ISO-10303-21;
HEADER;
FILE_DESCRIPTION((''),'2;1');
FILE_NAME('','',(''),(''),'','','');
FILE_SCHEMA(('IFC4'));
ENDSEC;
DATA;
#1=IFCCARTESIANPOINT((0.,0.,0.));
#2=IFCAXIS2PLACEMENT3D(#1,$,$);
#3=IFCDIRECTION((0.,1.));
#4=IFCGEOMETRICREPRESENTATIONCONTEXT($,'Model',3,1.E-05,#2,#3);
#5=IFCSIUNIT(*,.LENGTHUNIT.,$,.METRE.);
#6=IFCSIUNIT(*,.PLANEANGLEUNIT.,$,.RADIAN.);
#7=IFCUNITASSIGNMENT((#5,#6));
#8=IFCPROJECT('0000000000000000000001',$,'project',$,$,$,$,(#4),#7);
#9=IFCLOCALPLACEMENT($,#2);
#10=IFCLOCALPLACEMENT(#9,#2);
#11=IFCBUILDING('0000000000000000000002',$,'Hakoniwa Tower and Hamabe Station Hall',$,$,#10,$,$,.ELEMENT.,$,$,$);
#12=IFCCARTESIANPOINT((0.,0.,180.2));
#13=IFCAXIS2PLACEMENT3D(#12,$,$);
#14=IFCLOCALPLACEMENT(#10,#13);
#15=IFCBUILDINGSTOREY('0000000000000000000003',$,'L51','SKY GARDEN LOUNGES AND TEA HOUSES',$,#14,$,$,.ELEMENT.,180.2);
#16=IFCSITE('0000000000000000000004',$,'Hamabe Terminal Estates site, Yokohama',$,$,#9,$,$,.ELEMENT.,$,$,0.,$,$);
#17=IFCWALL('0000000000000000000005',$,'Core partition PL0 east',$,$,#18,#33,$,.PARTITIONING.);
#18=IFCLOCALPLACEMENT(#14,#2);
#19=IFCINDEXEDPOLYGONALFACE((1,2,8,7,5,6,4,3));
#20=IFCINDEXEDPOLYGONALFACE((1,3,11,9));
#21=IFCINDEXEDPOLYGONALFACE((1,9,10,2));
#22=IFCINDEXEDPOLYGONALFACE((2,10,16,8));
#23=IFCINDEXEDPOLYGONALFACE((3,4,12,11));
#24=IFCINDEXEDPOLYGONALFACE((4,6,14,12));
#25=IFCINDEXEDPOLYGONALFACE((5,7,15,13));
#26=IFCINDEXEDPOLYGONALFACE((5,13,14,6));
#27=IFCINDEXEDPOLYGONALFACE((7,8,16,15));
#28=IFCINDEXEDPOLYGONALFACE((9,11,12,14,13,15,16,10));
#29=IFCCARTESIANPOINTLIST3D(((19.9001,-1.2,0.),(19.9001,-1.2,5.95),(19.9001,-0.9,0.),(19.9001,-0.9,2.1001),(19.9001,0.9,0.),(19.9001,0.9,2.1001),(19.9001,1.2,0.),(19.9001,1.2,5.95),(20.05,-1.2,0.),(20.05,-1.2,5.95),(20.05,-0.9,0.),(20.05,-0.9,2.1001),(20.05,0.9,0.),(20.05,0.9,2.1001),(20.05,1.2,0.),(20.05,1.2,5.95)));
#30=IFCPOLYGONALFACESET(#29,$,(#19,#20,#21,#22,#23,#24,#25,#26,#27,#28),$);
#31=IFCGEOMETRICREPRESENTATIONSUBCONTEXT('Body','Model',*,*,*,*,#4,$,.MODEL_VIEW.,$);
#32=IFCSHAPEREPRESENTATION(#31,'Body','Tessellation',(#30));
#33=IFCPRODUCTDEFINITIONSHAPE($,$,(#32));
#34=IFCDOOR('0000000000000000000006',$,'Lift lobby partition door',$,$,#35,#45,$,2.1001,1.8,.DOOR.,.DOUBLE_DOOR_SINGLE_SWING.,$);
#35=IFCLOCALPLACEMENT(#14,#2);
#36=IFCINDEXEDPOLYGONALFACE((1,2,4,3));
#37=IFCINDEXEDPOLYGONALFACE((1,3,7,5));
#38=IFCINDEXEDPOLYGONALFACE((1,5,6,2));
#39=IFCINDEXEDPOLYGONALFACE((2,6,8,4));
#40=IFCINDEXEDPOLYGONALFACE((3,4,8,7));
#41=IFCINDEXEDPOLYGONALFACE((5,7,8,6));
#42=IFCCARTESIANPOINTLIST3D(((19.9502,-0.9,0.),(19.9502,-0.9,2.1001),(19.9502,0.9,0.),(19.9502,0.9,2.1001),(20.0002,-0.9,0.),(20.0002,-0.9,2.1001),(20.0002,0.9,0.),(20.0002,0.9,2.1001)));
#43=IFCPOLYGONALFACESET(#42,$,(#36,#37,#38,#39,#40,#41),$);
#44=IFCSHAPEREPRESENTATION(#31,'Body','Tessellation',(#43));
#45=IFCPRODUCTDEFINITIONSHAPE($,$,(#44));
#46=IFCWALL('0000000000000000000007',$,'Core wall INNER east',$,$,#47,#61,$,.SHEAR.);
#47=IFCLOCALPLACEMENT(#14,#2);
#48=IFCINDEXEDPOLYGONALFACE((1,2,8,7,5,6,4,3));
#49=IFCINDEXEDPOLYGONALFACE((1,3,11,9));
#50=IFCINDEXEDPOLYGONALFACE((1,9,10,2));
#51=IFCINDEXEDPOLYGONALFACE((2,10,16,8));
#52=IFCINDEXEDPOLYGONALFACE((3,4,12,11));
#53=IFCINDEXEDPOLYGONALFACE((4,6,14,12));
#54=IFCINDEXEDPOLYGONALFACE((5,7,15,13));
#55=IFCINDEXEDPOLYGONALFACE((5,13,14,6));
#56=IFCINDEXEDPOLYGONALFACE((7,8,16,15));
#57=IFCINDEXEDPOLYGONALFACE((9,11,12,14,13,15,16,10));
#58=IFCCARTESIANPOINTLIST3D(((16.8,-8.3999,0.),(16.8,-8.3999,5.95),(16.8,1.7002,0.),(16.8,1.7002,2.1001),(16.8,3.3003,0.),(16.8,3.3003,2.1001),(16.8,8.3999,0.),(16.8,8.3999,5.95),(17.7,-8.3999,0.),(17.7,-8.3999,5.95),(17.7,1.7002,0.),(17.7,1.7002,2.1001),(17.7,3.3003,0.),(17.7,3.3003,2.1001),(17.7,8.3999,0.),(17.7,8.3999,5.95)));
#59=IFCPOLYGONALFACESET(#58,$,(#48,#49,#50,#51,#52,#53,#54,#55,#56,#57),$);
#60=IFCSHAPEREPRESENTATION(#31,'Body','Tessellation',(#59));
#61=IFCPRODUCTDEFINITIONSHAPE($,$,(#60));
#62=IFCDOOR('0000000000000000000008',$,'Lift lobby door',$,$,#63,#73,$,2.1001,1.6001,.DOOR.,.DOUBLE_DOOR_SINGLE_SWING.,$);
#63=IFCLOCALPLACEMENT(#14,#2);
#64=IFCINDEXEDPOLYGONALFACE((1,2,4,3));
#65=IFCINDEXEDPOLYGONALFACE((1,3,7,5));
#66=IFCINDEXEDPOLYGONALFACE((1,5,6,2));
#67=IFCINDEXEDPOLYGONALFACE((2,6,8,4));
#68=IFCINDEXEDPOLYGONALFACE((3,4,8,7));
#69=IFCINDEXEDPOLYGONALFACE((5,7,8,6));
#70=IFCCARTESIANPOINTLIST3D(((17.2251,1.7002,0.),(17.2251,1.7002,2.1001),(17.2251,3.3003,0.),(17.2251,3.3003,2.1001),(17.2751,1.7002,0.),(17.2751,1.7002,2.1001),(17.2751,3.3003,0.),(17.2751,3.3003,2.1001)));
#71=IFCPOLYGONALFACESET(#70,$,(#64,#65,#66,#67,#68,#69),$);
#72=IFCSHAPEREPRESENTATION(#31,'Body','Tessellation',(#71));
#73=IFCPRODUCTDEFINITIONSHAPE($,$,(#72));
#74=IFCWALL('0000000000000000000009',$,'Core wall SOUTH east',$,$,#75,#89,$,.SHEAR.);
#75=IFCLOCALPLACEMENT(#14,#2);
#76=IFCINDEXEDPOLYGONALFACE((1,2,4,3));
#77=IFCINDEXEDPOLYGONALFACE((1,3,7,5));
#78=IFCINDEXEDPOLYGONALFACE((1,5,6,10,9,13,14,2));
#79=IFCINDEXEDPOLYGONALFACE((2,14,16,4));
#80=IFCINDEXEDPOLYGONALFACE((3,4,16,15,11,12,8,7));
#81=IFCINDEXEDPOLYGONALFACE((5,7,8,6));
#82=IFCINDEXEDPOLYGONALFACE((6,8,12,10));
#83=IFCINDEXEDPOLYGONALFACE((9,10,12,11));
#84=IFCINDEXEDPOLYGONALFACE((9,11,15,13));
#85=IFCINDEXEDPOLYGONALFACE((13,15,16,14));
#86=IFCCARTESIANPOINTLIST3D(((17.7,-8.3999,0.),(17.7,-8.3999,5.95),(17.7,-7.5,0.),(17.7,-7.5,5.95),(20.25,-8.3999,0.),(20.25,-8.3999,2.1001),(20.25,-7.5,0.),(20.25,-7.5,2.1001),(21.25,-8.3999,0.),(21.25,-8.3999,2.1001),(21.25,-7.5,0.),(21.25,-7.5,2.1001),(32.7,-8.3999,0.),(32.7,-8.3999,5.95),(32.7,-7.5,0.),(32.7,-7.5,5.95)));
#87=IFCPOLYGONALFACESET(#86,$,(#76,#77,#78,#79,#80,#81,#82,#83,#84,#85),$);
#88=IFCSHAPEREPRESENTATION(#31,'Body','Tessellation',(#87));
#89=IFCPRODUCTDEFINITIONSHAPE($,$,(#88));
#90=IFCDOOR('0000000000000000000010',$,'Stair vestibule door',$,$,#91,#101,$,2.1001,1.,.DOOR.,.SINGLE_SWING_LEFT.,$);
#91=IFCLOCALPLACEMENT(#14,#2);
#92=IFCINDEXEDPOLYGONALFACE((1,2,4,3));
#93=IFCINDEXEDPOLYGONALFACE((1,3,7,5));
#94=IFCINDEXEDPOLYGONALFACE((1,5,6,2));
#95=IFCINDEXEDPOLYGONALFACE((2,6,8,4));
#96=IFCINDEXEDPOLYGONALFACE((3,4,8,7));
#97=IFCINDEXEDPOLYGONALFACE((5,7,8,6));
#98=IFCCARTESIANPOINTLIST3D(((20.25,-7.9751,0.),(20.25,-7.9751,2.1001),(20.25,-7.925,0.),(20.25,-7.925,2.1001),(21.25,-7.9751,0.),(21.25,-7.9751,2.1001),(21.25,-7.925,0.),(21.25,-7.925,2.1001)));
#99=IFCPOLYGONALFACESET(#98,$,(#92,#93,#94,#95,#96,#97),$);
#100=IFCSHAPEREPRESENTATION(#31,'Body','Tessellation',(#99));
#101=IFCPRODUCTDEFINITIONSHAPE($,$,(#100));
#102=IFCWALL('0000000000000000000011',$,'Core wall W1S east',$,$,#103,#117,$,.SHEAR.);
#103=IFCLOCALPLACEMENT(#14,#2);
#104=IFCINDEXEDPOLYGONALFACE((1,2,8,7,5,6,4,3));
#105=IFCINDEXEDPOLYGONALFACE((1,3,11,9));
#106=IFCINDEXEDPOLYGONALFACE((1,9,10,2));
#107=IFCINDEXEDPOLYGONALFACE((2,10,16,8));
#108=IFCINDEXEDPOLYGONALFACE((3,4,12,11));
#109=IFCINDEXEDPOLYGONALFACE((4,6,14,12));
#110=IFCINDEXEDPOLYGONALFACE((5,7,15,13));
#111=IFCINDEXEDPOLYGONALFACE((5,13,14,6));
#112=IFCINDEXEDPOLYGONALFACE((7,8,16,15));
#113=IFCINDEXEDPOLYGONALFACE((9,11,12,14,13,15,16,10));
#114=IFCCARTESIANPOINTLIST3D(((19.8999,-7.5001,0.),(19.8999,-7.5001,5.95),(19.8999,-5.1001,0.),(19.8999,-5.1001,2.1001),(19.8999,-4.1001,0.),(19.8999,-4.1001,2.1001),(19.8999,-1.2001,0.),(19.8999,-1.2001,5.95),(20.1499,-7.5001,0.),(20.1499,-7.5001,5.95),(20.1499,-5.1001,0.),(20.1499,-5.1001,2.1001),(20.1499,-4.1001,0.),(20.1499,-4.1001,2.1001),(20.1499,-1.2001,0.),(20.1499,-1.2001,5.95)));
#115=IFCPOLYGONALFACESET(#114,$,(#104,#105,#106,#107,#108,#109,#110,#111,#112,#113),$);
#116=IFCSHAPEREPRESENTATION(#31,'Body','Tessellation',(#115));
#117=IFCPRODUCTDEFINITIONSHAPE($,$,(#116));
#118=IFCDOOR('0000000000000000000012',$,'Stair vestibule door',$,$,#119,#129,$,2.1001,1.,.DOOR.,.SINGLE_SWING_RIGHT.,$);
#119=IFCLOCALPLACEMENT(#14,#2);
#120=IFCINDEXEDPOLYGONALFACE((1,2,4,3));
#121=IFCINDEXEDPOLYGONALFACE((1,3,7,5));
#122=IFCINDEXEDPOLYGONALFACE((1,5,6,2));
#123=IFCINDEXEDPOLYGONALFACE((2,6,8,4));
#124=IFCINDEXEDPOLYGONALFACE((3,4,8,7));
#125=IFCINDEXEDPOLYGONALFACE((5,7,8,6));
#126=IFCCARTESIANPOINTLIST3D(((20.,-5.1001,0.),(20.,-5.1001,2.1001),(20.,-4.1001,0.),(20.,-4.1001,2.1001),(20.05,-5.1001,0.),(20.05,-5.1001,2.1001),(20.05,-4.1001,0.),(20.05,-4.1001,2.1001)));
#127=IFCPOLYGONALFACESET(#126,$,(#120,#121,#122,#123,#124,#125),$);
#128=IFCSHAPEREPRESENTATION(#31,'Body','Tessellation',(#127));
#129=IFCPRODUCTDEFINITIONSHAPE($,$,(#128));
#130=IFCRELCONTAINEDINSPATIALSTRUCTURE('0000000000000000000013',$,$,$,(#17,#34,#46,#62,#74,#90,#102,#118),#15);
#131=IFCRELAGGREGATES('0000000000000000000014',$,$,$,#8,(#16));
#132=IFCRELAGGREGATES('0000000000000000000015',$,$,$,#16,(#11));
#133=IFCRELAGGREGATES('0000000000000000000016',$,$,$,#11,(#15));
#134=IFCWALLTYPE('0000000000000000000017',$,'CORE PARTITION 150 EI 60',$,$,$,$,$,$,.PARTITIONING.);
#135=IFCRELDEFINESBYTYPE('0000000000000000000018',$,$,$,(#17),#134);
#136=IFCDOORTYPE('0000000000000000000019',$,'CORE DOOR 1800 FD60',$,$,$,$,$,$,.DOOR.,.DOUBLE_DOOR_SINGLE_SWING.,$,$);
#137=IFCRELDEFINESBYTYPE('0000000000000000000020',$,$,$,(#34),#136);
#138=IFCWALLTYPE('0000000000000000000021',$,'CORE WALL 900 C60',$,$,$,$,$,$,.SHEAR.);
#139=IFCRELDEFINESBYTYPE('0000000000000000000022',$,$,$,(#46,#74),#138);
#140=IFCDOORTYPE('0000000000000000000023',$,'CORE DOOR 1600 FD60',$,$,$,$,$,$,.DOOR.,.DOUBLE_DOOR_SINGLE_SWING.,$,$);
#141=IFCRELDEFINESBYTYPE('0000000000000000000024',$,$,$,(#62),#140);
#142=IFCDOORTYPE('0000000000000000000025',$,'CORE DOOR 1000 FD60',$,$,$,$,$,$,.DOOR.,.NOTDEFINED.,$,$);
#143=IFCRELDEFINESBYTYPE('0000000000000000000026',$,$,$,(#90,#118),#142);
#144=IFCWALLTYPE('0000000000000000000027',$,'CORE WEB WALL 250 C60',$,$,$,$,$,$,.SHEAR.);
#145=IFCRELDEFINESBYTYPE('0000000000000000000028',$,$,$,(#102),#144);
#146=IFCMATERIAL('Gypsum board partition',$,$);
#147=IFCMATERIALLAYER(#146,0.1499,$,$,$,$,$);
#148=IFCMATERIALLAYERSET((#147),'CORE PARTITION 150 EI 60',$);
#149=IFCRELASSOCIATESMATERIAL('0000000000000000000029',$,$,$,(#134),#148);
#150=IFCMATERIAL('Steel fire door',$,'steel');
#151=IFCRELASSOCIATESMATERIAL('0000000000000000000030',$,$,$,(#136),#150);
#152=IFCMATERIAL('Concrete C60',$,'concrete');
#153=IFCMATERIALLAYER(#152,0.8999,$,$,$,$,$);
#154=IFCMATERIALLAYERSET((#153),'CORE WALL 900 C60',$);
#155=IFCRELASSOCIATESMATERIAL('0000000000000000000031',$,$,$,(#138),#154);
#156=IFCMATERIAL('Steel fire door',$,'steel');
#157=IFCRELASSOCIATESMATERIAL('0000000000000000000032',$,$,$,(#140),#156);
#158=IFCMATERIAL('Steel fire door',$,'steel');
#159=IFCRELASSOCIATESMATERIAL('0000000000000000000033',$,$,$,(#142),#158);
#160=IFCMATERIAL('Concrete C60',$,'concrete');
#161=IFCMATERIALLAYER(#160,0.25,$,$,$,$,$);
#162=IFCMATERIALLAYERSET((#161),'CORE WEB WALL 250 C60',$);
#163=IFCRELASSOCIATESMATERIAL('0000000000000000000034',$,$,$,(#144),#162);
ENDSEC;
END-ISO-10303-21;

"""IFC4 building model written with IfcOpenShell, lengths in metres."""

from ifc_helpers import new_model, si_unit, direction, frame, frame_2d, origin, place, context, subcontext, project, spatial, rectangle, extrude, material, layer, layer_set, type_object, element, fill, save


model = new_model("IFC4")

# Units and contexts
model_context = context("Model", 3, precision=1e-05, world=origin(), true_north=direction((0.0, 1.0)))
body_context = subcontext(model_context, "Body", "Model", "MODEL_VIEW")
ifc_project = project(units=[si_unit("LENGTHUNIT", "METRE"), si_unit("PLANEANGLEUNIT", "RADIAN")], contexts=[model_context])

# Site, building, storey
site_placement = place(None, origin())
site = spatial("IfcSite", under=ifc_project, at=site_placement, Name="Hamabe Terminal Estates site, Yokohama", CompositionType="ELEMENT", RefElevation=0.0)
building_placement = place(site_placement, origin())
building = spatial("IfcBuilding", under=site, at=building_placement, Name="Hakoniwa Tower and Hamabe Station Hall", CompositionType="ELEMENT")
storey_placement = place(building_placement, frame((0.0, 0.0, 180.2)))
storey = spatial("IfcBuildingStorey", under=building, at=storey_placement, Name="L51", Description="SKY GARDEN LOUNGES AND TEA HOUSES", CompositionType="ELEMENT", Elevation=180.2)

# Walls, openings, doors
ifc_material_1 = material(Name="Gypsum board partition")
ifc_layer_1 = layer(ifc_material_1, 0.1499)
ifc_layer_set_1 = layer_set([ifc_layer_1], Name="CORE PARTITION 150 EI 60")
wall_type_1 = type_object("IfcWallType", Name="CORE PARTITION 150 EI 60", PredefinedType="PARTITIONING", material=ifc_layer_set_1)
wall_1_placement = place(storey_placement, frame((19.9751, -1.2, 0.0), z_axis=(0.0, 0.0, 1.0), x_axis=(0.0, 1.0, 0.0)))
wall_1 = element("IfcWall", 1, at=wall_1_placement, inside=storey, type_object=wall_type_1, Name="Core partition PL0 east", PredefinedType="PARTITIONING", context=body_context, shape_type="SweptSolid", body=[
    extrude(rectangle(XDim=2.3999, YDim=0.1499, at=frame_2d((1.2, 0.0))), origin(), (0.0, 0.0, 1.0), 5.95),
])
opening_1_placement = place(wall_1_placement, frame((0.3, 0.0, 0.0)))
opening_1 = element("IfcOpeningElement", 2, at=opening_1_placement, cuts=wall_1, PredefinedType="OPENING", context=body_context, shape_type="SweptSolid", body=[
    extrude(rectangle(XDim=1.8, YDim=2.1001, at=frame_2d((0.8999, 1.05))), frame((0.0, 0.085, 0.0), z_axis=(0.0, -1.0, 0.0), x_axis=(1.0, 0.0, 0.0)), (0.0, 0.0, 1.0), 0.1699),
])
ifc_material_2 = material(Name="Steel fire door", Category="steel")
door_type_1 = type_object("IfcDoorType", Name="CORE DOOR 1800 FD60", OperationType="DOUBLE_DOOR_SINGLE_SWING", PredefinedType="DOOR", material=ifc_material_2)
door_1_placement = place(opening_1_placement, origin())
door_1 = element("IfcDoor", 3, at=door_1_placement, inside=storey, type_object=door_type_1, Name="Lift lobby partition door", OperationType="DOUBLE_DOOR_SINGLE_SWING", OverallHeight=2.1001, OverallWidth=1.8, PredefinedType="DOOR", context=body_context, shape_type="SweptSolid", body=[
    extrude(rectangle(XDim=1.8, YDim=2.1001, at=frame_2d((0.8999, 1.05))), frame((0.0, 0.0249, 0.0), z_axis=(0.0, -1.0, 0.0), x_axis=(1.0, 0.0, 0.0)), (0.0, 0.0, 1.0), 0.05),
])
fill(opening_1, door_1)
ifc_material_3 = material(Name="Concrete C60", Category="concrete")
ifc_layer_2 = layer(ifc_material_3, 0.8999)
ifc_layer_set_2 = layer_set([ifc_layer_2], Name="CORE WALL 900 C60")
wall_type_2 = type_object("IfcWallType", Name="CORE WALL 900 C60", PredefinedType="SHEAR", material=ifc_layer_set_2)
wall_2_placement = place(storey_placement, frame((17.25, -8.3999, 0.0), z_axis=(0.0, 0.0, 1.0), x_axis=(0.0, 1.0, 0.0)))
wall_2 = element("IfcWall", 4, at=wall_2_placement, inside=storey, type_object=wall_type_2, Name="Core wall INNER east", PredefinedType="SHEAR", context=body_context, shape_type="SweptSolid", body=[
    extrude(rectangle(XDim=16.7998, YDim=0.8999, at=frame_2d((8.3999, 0.0))), origin(), (0.0, 0.0, 1.0), 5.95),
])
opening_2_placement = place(wall_2_placement, frame((10.1001, 0.0, 0.0)))
opening_2 = element("IfcOpeningElement", 5, at=opening_2_placement, cuts=wall_2, PredefinedType="OPENING", context=body_context, shape_type="SweptSolid", body=[
    extrude(rectangle(XDim=1.6001, YDim=2.1001, at=frame_2d((0.8, 1.05))), frame((0.0, 0.46, 0.0), z_axis=(0.0, -1.0, 0.0), x_axis=(1.0, 0.0, 0.0)), (0.0, 0.0, 1.0), 0.9199),
])
ifc_material_4 = material(Name="Steel fire door", Category="steel")
door_type_2 = type_object("IfcDoorType", Name="CORE DOOR 1600 FD60", OperationType="DOUBLE_DOOR_SINGLE_SWING", PredefinedType="DOOR", material=ifc_material_4)
door_2_placement = place(opening_2_placement, origin())
door_2 = element("IfcDoor", 6, at=door_2_placement, inside=storey, type_object=door_type_2, Name="Lift lobby door", OperationType="DOUBLE_DOOR_SINGLE_SWING", OverallHeight=2.1001, OverallWidth=1.6001, PredefinedType="DOOR", context=body_context, shape_type="SweptSolid", body=[
    extrude(rectangle(XDim=1.6001, YDim=2.1001, at=frame_2d((0.8, 1.05))), frame((0.0, 0.0249, 0.0), z_axis=(0.0, -1.0, 0.0), x_axis=(1.0, 0.0, 0.0)), (0.0, 0.0, 1.0), 0.05),
])
fill(opening_2, door_2)
wall_3_placement = place(storey_placement, frame((17.7, -7.95, 0.0), z_axis=(0.0, 0.0, 1.0), x_axis=(1.0, 0.0, 0.0)))
wall_3 = element("IfcWall", 7, at=wall_3_placement, inside=storey, type_object=wall_type_2, Name="Core wall SOUTH east", PredefinedType="SHEAR", context=body_context, shape_type="SweptSolid", body=[
    extrude(rectangle(XDim=15.0, YDim=0.8999, at=frame_2d((7.5, 0.0))), origin(), (0.0, 0.0, 1.0), 5.95),
])
opening_3_placement = place(wall_3_placement, frame((2.55, 0.0, 0.0)))
opening_3 = element("IfcOpeningElement", 8, at=opening_3_placement, cuts=wall_3, PredefinedType="OPENING", context=body_context, shape_type="SweptSolid", body=[
    extrude(rectangle(XDim=1.0, YDim=2.1001, at=frame_2d((0.5, 1.05))), frame((0.0, 0.46, 0.0), z_axis=(0.0, -1.0, 0.0), x_axis=(1.0, 0.0, 0.0)), (0.0, 0.0, 1.0), 0.9199),
])
ifc_material_5 = material(Name="Steel fire door", Category="steel")
door_type_3 = type_object("IfcDoorType", Name="CORE DOOR 1000 FD60", OperationType="NOTDEFINED", PredefinedType="DOOR", material=ifc_material_5)
door_3_placement = place(opening_3_placement, origin())
door_3 = element("IfcDoor", 9, at=door_3_placement, inside=storey, type_object=door_type_3, Name="Stair vestibule door", OperationType="SINGLE_SWING_LEFT", OverallHeight=2.1001, OverallWidth=1.0, PredefinedType="DOOR", context=body_context, shape_type="SweptSolid", body=[
    extrude(rectangle(XDim=1.0, YDim=2.1001, at=frame_2d((0.5, 1.05))), frame((0.0, 0.0249, 0.0), z_axis=(0.0, -1.0, 0.0), x_axis=(1.0, 0.0, 0.0)), (0.0, 0.0, 1.0), 0.05),
])
fill(opening_3, door_3)
ifc_material_6 = material(Name="Concrete C60", Category="concrete")
ifc_layer_3 = layer(ifc_material_6, 0.25)
ifc_layer_set_3 = layer_set([ifc_layer_3], Name="CORE WEB WALL 250 C60")
wall_type_3 = type_object("IfcWallType", Name="CORE WEB WALL 250 C60", PredefinedType="SHEAR", material=ifc_layer_set_3)
wall_4_placement = place(storey_placement, frame((20.0249, -7.5, 0.0), z_axis=(0.0, 0.0, 1.0), x_axis=(0.0, 1.0, 0.0)))
wall_4 = element("IfcWall", 10, at=wall_4_placement, inside=storey, type_object=wall_type_3, Name="Core wall W1S east", PredefinedType="SHEAR", context=body_context, shape_type="SweptSolid", body=[
    extrude(rectangle(XDim=6.3, YDim=0.25, at=frame_2d((3.1499, 0.0))), origin(), (0.0, 0.0, 1.0), 5.95),
])
opening_4_placement = place(wall_4_placement, frame((2.3999, 0.0, 0.0)))
opening_4 = element("IfcOpeningElement", 11, at=opening_4_placement, cuts=wall_4, PredefinedType="OPENING", context=body_context, shape_type="SweptSolid", body=[
    extrude(rectangle(XDim=1.0, YDim=2.1001, at=frame_2d((0.5, 1.05))), frame((0.0, 0.135, 0.0), z_axis=(0.0, -1.0, 0.0), x_axis=(1.0, 0.0, 0.0)), (0.0, 0.0, 1.0), 0.27),
])
door_4_placement = place(opening_4_placement, origin())
door_4 = element("IfcDoor", 12, at=door_4_placement, inside=storey, type_object=door_type_3, Name="Stair vestibule door", OperationType="SINGLE_SWING_RIGHT", OverallHeight=2.1001, OverallWidth=1.0, PredefinedType="DOOR", context=body_context, shape_type="SweptSolid", body=[
    extrude(rectangle(XDim=1.0, YDim=2.1001, at=frame_2d((0.5, 1.05))), frame((0.0, 0.0249, 0.0), z_axis=(0.0, -1.0, 0.0), x_axis=(1.0, 0.0, 0.0)), (0.0, 0.0, 1.0), 0.05),
])
fill(opening_4, door_4)

save(model, "model.ifc")
